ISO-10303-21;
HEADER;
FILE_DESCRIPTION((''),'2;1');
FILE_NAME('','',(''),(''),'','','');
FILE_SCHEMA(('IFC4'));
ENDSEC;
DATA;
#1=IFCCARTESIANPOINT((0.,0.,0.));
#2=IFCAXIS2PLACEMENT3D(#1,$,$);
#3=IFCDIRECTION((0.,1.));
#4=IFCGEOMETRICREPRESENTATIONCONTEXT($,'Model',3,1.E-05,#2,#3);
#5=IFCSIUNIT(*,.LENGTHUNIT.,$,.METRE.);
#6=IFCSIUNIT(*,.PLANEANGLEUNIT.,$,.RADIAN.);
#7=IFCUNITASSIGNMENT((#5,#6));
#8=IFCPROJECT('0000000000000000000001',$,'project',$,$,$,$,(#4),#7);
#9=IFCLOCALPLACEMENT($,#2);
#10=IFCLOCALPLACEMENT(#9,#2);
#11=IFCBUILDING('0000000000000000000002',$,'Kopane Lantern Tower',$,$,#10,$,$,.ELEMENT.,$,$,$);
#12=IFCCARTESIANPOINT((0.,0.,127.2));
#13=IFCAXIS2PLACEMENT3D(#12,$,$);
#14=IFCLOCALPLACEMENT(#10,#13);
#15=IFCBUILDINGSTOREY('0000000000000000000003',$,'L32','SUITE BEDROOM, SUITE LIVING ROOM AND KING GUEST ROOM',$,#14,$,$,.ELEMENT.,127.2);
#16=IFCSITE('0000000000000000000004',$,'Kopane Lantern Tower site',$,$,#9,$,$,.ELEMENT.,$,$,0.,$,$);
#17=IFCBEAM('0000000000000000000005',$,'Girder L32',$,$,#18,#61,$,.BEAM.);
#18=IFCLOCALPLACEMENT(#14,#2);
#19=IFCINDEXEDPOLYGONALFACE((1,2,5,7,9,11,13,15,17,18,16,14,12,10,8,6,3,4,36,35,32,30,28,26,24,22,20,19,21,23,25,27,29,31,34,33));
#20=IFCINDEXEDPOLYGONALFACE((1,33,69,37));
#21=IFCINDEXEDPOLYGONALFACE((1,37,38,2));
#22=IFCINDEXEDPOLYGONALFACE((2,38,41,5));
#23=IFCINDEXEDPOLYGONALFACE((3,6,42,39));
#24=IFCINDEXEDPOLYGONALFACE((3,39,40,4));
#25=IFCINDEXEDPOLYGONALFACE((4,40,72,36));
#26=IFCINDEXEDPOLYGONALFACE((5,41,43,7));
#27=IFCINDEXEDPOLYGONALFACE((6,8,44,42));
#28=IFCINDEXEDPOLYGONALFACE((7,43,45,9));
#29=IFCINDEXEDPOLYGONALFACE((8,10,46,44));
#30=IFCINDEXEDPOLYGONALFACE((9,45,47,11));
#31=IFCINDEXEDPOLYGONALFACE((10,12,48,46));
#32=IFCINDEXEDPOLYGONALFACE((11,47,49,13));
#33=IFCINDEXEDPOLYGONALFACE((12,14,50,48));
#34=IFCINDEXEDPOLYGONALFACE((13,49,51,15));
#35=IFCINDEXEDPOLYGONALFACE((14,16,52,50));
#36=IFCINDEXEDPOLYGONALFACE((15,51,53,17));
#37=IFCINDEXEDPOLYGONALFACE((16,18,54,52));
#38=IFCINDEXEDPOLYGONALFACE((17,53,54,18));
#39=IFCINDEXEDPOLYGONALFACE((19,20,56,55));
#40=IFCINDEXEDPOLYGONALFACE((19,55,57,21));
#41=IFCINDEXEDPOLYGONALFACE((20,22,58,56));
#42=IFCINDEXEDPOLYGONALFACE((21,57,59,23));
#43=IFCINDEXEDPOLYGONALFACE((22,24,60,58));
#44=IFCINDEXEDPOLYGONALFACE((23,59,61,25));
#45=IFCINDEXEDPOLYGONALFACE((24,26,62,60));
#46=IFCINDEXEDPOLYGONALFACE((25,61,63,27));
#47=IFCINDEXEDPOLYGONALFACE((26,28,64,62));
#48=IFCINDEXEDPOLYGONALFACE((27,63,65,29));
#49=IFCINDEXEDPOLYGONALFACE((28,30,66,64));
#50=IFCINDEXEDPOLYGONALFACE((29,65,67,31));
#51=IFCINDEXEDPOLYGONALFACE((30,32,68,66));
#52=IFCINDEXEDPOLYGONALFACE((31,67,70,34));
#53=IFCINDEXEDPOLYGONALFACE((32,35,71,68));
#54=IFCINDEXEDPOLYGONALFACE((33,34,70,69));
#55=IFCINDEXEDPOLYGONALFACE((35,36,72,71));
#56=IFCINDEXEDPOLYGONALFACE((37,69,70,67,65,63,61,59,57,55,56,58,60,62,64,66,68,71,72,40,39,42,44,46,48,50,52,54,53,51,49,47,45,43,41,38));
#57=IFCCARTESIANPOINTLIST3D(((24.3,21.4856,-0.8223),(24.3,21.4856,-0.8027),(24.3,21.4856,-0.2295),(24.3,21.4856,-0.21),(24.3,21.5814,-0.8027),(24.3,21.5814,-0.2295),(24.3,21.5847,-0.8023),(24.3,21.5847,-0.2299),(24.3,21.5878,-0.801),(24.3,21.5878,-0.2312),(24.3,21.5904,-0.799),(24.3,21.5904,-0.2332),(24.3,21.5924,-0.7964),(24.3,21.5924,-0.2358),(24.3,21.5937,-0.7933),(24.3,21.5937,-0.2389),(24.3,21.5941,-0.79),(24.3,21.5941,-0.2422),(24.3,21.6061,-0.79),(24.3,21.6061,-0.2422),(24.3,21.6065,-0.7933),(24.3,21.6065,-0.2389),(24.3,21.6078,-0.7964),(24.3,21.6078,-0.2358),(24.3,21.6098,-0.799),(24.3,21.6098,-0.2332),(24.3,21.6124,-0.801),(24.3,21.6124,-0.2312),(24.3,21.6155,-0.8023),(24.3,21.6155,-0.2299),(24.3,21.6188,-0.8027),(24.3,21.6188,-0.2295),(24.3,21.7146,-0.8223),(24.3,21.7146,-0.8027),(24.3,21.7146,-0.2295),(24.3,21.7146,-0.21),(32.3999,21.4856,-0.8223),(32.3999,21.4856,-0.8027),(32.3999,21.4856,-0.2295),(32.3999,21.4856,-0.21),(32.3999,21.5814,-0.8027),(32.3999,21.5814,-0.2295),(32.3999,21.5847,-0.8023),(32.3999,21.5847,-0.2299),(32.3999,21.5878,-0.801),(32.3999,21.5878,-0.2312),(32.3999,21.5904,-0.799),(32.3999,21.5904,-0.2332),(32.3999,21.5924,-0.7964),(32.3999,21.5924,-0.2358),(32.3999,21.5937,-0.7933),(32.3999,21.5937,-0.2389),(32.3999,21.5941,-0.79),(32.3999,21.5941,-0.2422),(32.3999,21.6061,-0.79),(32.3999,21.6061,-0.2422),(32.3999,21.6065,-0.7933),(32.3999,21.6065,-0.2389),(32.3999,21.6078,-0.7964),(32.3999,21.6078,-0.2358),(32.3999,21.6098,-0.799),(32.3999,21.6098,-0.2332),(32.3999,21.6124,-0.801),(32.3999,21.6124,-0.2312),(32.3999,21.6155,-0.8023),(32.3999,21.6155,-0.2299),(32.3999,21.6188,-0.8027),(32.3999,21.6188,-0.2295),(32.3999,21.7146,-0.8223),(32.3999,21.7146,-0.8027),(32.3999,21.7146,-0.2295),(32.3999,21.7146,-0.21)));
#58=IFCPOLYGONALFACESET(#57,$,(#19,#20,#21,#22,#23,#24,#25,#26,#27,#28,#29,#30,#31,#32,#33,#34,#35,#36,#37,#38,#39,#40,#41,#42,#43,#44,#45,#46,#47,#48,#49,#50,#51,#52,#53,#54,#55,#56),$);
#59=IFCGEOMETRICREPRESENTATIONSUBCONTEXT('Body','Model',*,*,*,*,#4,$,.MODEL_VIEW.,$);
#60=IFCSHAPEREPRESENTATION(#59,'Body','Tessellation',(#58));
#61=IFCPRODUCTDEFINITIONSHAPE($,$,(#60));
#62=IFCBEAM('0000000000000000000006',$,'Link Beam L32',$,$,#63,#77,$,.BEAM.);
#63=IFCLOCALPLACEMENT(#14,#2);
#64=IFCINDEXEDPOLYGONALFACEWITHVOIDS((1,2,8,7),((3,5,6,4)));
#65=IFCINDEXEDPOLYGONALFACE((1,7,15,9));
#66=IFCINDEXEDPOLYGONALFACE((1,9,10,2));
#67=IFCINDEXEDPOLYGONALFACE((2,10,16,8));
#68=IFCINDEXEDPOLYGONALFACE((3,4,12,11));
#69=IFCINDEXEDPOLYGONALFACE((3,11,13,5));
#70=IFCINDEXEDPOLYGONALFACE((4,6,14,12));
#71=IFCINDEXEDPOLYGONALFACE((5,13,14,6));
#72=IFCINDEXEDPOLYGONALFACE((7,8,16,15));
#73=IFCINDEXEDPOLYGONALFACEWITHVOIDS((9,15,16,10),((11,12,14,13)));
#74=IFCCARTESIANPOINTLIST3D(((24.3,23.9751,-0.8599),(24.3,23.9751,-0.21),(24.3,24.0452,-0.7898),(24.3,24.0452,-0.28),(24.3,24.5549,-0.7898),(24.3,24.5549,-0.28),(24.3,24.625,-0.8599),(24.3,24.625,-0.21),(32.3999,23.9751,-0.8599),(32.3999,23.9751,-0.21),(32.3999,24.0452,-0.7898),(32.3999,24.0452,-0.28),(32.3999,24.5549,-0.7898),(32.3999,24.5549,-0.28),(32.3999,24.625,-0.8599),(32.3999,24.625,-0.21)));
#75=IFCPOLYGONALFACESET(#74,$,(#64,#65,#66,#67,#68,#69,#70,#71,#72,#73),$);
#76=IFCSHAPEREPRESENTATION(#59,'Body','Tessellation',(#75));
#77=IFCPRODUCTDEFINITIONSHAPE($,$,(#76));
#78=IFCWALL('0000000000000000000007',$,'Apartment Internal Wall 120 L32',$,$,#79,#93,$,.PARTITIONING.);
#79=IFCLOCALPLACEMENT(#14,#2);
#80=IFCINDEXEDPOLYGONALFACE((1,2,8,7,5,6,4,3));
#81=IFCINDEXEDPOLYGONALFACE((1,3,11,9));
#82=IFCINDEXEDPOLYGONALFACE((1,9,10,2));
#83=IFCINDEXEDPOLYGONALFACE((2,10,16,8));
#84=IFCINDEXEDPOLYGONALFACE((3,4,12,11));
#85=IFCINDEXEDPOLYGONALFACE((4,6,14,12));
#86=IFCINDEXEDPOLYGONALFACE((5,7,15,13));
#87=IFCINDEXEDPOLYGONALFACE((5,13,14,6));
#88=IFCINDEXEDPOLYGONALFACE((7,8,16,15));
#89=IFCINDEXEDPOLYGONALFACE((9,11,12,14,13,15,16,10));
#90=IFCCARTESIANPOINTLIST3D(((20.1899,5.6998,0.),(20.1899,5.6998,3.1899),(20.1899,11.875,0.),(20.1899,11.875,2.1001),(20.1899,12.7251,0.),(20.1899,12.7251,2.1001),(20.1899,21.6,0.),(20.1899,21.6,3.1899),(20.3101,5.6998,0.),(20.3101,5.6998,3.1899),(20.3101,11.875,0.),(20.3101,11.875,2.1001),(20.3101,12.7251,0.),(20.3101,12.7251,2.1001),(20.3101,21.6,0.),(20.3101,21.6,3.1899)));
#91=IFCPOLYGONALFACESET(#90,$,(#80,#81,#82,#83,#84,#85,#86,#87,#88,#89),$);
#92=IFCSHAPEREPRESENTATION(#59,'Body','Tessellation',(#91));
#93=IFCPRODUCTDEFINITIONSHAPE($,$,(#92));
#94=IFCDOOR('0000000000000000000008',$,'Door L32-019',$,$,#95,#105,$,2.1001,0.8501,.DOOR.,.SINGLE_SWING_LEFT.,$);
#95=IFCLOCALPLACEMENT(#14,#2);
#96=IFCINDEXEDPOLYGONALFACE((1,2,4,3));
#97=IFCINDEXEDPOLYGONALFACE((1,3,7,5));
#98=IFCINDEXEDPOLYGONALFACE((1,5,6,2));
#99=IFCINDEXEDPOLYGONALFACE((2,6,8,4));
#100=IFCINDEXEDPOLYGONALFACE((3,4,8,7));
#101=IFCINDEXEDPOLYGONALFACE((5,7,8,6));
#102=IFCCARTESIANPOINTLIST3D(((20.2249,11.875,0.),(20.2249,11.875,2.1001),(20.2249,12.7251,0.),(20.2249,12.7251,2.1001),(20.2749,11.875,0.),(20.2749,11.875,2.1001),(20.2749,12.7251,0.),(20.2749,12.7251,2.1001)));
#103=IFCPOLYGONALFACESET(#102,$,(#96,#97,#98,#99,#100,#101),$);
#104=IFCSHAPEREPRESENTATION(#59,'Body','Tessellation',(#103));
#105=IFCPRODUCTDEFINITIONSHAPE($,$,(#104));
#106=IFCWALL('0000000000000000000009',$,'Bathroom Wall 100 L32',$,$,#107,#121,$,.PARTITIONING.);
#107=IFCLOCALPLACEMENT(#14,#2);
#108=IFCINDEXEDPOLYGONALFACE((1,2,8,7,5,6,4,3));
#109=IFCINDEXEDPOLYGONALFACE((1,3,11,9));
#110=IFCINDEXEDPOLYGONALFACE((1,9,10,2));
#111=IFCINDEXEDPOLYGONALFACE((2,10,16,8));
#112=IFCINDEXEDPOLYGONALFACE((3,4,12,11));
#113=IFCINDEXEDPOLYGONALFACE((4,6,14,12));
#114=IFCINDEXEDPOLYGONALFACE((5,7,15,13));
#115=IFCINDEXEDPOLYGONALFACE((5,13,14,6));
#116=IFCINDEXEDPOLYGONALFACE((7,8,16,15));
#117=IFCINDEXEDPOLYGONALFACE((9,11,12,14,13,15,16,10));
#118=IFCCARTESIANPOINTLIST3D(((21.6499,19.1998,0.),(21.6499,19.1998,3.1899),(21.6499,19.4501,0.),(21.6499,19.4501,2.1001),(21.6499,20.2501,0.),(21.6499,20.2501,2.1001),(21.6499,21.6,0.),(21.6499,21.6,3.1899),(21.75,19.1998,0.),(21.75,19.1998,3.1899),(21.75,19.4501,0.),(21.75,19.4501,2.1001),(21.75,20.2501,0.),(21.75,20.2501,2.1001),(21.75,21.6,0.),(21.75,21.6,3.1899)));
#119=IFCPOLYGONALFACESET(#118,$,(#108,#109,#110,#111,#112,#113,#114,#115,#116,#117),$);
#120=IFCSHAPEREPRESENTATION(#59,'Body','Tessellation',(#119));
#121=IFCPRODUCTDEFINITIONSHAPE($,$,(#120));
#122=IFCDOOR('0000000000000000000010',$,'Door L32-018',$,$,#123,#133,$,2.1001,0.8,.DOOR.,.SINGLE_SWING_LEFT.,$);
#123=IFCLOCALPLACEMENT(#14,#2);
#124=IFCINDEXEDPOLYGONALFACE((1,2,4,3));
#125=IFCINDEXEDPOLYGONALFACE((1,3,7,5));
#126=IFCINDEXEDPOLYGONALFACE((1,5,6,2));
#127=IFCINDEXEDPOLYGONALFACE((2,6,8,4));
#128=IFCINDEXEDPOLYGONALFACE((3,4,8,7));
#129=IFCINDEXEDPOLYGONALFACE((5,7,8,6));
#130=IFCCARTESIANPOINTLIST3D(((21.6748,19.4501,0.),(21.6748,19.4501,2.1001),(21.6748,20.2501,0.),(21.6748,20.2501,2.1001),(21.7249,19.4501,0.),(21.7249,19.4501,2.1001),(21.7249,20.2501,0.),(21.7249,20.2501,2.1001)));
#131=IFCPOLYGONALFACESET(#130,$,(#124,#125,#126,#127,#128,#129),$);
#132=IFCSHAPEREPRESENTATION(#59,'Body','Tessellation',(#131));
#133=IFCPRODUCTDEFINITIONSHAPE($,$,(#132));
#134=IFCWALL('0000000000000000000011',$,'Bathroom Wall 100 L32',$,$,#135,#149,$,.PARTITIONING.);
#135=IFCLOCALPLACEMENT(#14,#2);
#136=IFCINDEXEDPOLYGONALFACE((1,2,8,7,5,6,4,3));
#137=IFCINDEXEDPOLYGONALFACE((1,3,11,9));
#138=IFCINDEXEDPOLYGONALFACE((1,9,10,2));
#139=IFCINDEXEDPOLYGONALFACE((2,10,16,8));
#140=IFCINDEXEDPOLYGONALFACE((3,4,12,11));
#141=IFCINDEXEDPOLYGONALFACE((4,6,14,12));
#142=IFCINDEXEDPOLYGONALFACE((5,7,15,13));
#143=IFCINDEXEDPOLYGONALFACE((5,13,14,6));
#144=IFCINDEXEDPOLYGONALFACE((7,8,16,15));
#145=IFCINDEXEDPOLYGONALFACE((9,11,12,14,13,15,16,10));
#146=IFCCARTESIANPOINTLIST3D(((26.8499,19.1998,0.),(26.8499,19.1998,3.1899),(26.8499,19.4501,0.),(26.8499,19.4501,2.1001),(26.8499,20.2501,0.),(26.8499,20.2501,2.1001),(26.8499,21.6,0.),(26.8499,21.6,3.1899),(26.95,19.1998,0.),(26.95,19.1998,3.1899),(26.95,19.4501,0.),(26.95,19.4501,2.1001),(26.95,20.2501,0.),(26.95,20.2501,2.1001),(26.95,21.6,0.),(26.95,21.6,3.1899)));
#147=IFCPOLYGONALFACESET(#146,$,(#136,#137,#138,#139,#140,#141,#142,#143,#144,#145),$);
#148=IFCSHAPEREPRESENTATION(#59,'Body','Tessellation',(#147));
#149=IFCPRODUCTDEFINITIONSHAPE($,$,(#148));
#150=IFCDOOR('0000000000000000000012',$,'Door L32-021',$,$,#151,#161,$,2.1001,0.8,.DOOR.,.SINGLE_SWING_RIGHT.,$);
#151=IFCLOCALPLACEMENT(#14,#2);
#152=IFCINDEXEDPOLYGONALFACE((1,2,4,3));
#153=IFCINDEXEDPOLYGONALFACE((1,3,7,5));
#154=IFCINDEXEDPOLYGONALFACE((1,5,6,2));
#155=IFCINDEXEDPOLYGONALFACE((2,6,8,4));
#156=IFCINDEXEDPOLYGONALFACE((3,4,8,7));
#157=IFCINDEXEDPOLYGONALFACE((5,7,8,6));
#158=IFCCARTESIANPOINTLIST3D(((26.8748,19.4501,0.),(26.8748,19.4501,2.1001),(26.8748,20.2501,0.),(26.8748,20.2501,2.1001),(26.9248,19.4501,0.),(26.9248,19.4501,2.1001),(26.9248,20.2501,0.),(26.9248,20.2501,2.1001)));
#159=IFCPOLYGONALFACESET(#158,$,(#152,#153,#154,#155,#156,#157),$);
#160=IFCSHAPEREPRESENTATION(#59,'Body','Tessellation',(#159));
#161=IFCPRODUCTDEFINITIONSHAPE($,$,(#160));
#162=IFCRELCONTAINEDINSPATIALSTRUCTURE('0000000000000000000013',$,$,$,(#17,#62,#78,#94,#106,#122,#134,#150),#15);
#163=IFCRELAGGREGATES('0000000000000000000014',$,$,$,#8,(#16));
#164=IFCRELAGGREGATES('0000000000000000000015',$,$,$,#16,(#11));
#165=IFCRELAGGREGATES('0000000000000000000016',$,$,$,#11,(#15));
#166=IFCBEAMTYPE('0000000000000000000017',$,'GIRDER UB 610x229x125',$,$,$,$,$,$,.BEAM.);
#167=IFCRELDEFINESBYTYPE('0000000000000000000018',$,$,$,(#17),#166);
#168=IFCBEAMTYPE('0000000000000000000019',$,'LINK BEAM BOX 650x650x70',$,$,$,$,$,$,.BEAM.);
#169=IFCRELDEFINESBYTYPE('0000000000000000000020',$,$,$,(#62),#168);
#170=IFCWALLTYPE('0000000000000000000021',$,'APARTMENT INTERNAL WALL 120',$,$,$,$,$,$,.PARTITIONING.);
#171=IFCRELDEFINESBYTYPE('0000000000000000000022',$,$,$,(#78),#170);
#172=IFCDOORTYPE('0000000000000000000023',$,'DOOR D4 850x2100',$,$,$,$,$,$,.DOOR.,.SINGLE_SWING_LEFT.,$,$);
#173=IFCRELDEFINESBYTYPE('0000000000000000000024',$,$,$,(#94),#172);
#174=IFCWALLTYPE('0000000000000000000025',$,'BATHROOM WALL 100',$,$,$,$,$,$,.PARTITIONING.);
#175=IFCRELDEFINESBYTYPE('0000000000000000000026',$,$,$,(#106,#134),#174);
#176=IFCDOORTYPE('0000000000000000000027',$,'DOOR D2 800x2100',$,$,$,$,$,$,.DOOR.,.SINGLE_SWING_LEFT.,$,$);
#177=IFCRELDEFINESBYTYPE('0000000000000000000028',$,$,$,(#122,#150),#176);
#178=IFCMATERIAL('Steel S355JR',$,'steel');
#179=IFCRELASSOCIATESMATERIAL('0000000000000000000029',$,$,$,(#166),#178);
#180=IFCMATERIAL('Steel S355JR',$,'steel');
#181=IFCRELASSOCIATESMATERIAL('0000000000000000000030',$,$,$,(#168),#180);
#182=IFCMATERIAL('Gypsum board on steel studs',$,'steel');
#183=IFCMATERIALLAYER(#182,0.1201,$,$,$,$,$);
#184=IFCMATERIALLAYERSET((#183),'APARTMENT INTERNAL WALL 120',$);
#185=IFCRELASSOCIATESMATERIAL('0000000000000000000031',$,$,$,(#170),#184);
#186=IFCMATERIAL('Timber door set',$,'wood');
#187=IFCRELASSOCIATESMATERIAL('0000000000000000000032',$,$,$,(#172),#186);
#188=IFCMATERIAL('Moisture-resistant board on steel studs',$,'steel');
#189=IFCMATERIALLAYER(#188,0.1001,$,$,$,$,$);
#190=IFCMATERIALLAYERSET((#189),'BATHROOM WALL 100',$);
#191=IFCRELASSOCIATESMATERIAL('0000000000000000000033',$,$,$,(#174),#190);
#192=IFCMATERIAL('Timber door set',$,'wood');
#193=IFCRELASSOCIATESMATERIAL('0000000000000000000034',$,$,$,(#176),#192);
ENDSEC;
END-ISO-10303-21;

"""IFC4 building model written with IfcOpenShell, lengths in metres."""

from ifc_helpers import new_model, si_unit, direction, frame, frame_2d, origin, origin_2d, place, context, subcontext, project, spatial, rectangle, hollow_rectangle, i_section, extrude, material, layer, layer_set, material_profile, profile_set, type_object, element, fill, save


model = new_model("IFC4")

# Units and contexts
model_context = context("Model", 3, precision=1e-05, world=origin(), true_north=direction((0.0, 1.0)))
body_context = subcontext(model_context, "Body", "Model", "MODEL_VIEW")
ifc_project = project(units=[si_unit("LENGTHUNIT", "METRE"), si_unit("PLANEANGLEUNIT", "RADIAN")], contexts=[model_context])

# Site, building, storey
site_placement = place(None, origin())
site = spatial("IfcSite", under=ifc_project, at=site_placement, Name="Kopane Lantern Tower site", CompositionType="ELEMENT", RefElevation=0.0)
building_placement = place(site_placement, origin())
building = spatial("IfcBuilding", under=site, at=building_placement, Name="Kopane Lantern Tower", CompositionType="ELEMENT")
storey_placement = place(building_placement, frame((0.0, 0.0, 127.2)))
storey = spatial("IfcBuildingStorey", under=building, at=storey_placement, Name="L32", Description="SUITE BEDROOM, SUITE LIVING ROOM AND KING GUEST ROOM", CompositionType="ELEMENT", Elevation=127.2)

# Beams
ifc_material_1 = material(Name="Steel S355JR", Category="steel")
ifc_material_profile_1 = material_profile(ifc_material_1, i_section(OverallWidth=0.229, OverallDepth=0.6123, WebThickness=0.012, FlangeThickness=0.0195, FilletRadius=0.0127, at=origin_2d()), Name="UB 610x229x125")
ifc_profile_set_1 = profile_set([ifc_material_profile_1], Name="Steel S355JR")
beam_type_1 = type_object("IfcBeamType", Name="GIRDER UB 610x229x125", PredefinedType="BEAM", material=ifc_profile_set_1)
beam_1_placement = place(storey_placement, frame((24.3, 21.6001, -0.5161), z_axis=(1.0, 0.0, 0.0), x_axis=(0.0, 1.0, 0.0)))
element("IfcBeam", 1, at=beam_1_placement, inside=storey, type_object=beam_type_1, Name="Girder L32", PredefinedType="BEAM", context=body_context, shape_type="SweptSolid", body=[
    extrude(i_section(OverallWidth=0.229, OverallDepth=0.6123, WebThickness=0.012, FlangeThickness=0.0195, FilletRadius=0.0127, at=origin_2d()), origin(), (0.0, 0.0, 1.0), 8.0999),
])
ifc_material_2 = material(Name="Steel S355JR", Category="steel")
ifc_material_profile_2 = material_profile(ifc_material_2, hollow_rectangle(XDim=0.6499, YDim=0.6499, WallThickness=0.0701, at=origin_2d()), Name="BOX 650x650x70")
ifc_profile_set_2 = profile_set([ifc_material_profile_2], Name="Steel S355JR")
beam_type_2 = type_object("IfcBeamType", Name="LINK BEAM BOX 650x650x70", PredefinedType="BEAM", material=ifc_profile_set_2)
beam_2_placement = place(storey_placement, frame((24.3, 24.3, -0.5349), z_axis=(1.0, 0.0, 0.0), x_axis=(0.0, 1.0, 0.0)))
element("IfcBeam", 2, at=beam_2_placement, inside=storey, type_object=beam_type_2, Name="Link Beam L32", PredefinedType="BEAM", context=body_context, shape_type="SweptSolid", body=[
    extrude(hollow_rectangle(XDim=0.6499, YDim=0.6499, WallThickness=0.0701, at=origin_2d()), origin(), (0.0, 0.0, 1.0), 8.0999),
])

# Walls, openings, doors
ifc_material_3 = material(Name="Gypsum board on steel studs", Category="steel")
ifc_layer_1 = layer(ifc_material_3, 0.1201)
ifc_layer_set_1 = layer_set([ifc_layer_1], Name="APARTMENT INTERNAL WALL 120")
wall_type_1 = type_object("IfcWallType", Name="APARTMENT INTERNAL WALL 120", PredefinedType="PARTITIONING", material=ifc_layer_set_1)
wall_1_placement = place(storey_placement, frame((20.25, 21.6001, 0.0), z_axis=(0.0, 0.0, 1.0), x_axis=(0.0, -1.0, 0.0)))
wall_1 = element("IfcWall", 3, at=wall_1_placement, inside=storey, type_object=wall_type_1, Name="Apartment Internal Wall 120 L32", PredefinedType="PARTITIONING", context=body_context, shape_type="SweptSolid", body=[
    extrude(rectangle(XDim=15.9001, YDim=0.1201, at=frame_2d((7.9502, 0.0))), origin(), (0.0, 0.0, 1.0), 3.1899),
])
opening_1_placement = place(wall_1_placement, frame((8.875, 0.0, 0.0)))
opening_1 = element("IfcOpeningElement", 4, at=opening_1_placement, cuts=wall_1, PredefinedType="OPENING", context=body_context, shape_type="SweptSolid", body=[
    extrude(rectangle(XDim=0.8501, YDim=2.1001, at=frame_2d((0.425, 1.05))), frame((0.0, 0.0701, 0.0), z_axis=(0.0, -1.0, 0.0), x_axis=(1.0, 0.0, 0.0)), (0.0, 0.0, 1.0), 0.1401),
])
ifc_material_4 = material(Name="Timber door set", Category="wood")
door_type_1 = type_object("IfcDoorType", Name="DOOR D4 850x2100", OperationType="SINGLE_SWING_LEFT", PredefinedType="DOOR", material=ifc_material_4)
door_1_placement = place(opening_1_placement, origin())
door_1 = element("IfcDoor", 5, at=door_1_placement, inside=storey, type_object=door_type_1, Name="Door L32-019", OperationType="SINGLE_SWING_LEFT", OverallHeight=2.1001, OverallWidth=0.8501, PredefinedType="DOOR", context=body_context, shape_type="SweptSolid", body=[
    extrude(rectangle(XDim=0.8501, YDim=2.1001, at=frame_2d((0.425, 1.05))), frame((0.0, 0.0249, 0.0), z_axis=(0.0, -1.0, 0.0), x_axis=(1.0, 0.0, 0.0)), (0.0, 0.0, 1.0), 0.05),
])
fill(opening_1, door_1)
ifc_material_5 = material(Name="Moisture-resistant board on steel studs", Category="steel")
ifc_layer_2 = layer(ifc_material_5, 0.1001)
ifc_layer_set_2 = layer_set([ifc_layer_2], Name="BATHROOM WALL 100")
wall_type_2 = type_object("IfcWallType", Name="BATHROOM WALL 100", PredefinedType="PARTITIONING", material=ifc_layer_set_2)
wall_2_placement = place(storey_placement, frame((21.7, 21.6001, 0.0), z_axis=(0.0, 0.0, 1.0), x_axis=(0.0, -1.0, 0.0)))
wall_2 = element("IfcWall", 6, at=wall_2_placement, inside=storey, type_object=wall_type_2, Name="Bathroom Wall 100 L32", PredefinedType="PARTITIONING", context=body_context, shape_type="SweptSolid", body=[
    extrude(rectangle(XDim=2.4001, YDim=0.1001, at=frame_2d((1.2002, 0.0))), origin(), (0.0, 0.0, 1.0), 3.1899),
])
opening_2_placement = place(wall_2_placement, frame((1.3501, 0.0, 0.0)))
opening_2 = element("IfcOpeningElement", 7, at=opening_2_placement, cuts=wall_2, PredefinedType="OPENING", context=body_context, shape_type="SweptSolid", body=[
    extrude(rectangle(XDim=0.8, YDim=2.1001, at=frame_2d((0.3999, 1.05))), frame((0.0, 0.0601, 0.0), z_axis=(0.0, -1.0, 0.0), x_axis=(1.0, 0.0, 0.0)), (0.0, 0.0, 1.0), 0.1201),
])
ifc_material_6 = material(Name="Timber door set", Category="wood")
door_type_2 = type_object("IfcDoorType", Name="DOOR D2 800x2100", OperationType="SINGLE_SWING_LEFT", PredefinedType="DOOR", material=ifc_material_6)
door_2_placement = place(opening_2_placement, origin())
door_2 = element("IfcDoor", 8, at=door_2_placement, inside=storey, type_object=door_type_2, Name="Door L32-018", OperationType="SINGLE_SWING_LEFT", OverallHeight=2.1001, OverallWidth=0.8, PredefinedType="DOOR", context=body_context, shape_type="SweptSolid", body=[
    extrude(rectangle(XDim=0.8, YDim=2.1001, at=frame_2d((0.3999, 1.05))), frame((0.0, 0.0249, 0.0), z_axis=(0.0, -1.0, 0.0), x_axis=(1.0, 0.0, 0.0)), (0.0, 0.0, 1.0), 0.05),
])
fill(opening_2, door_2)
wall_3_placement = place(storey_placement, frame((26.8999, 21.6001, 0.0), z_axis=(0.0, 0.0, 1.0), x_axis=(0.0, -1.0, 0.0)))
wall_3 = element("IfcWall", 9, at=wall_3_placement, inside=storey, type_object=wall_type_2, Name="Bathroom Wall 100 L32", PredefinedType="PARTITIONING", context=body_context, shape_type="SweptSolid", body=[
    extrude(rectangle(XDim=2.4001, YDim=0.1001, at=frame_2d((1.2002, 0.0))), origin(), (0.0, 0.0, 1.0), 3.1899),
])
opening_3_placement = place(wall_3_placement, frame((1.3501, 0.0, 0.0)))
opening_3 = element("IfcOpeningElement", 10, at=opening_3_placement, cuts=wall_3, PredefinedType="OPENING", context=body_context, shape_type="SweptSolid", body=[
    extrude(rectangle(XDim=0.8, YDim=2.1001, at=frame_2d((0.3999, 1.05))), frame((0.0, 0.0601, 0.0), z_axis=(0.0, -1.0, 0.0), x_axis=(1.0, 0.0, 0.0)), (0.0, 0.0, 1.0), 0.1201),
])
door_3_placement = place(opening_3_placement, origin())
door_3 = element("IfcDoor", 11, at=door_3_placement, inside=storey, type_object=door_type_2, Name="Door L32-021", OperationType="SINGLE_SWING_RIGHT", OverallHeight=2.1001, OverallWidth=0.8, PredefinedType="DOOR", context=body_context, shape_type="SweptSolid", body=[
    extrude(rectangle(XDim=0.8, YDim=2.1001, at=frame_2d((0.3999, 1.05))), frame((0.0, 0.0249, 0.0), z_axis=(0.0, -1.0, 0.0), x_axis=(1.0, 0.0, 0.0)), (0.0, 0.0, 1.0), 0.05),
])
fill(opening_3, door_3)

save(model, "model.ifc")
